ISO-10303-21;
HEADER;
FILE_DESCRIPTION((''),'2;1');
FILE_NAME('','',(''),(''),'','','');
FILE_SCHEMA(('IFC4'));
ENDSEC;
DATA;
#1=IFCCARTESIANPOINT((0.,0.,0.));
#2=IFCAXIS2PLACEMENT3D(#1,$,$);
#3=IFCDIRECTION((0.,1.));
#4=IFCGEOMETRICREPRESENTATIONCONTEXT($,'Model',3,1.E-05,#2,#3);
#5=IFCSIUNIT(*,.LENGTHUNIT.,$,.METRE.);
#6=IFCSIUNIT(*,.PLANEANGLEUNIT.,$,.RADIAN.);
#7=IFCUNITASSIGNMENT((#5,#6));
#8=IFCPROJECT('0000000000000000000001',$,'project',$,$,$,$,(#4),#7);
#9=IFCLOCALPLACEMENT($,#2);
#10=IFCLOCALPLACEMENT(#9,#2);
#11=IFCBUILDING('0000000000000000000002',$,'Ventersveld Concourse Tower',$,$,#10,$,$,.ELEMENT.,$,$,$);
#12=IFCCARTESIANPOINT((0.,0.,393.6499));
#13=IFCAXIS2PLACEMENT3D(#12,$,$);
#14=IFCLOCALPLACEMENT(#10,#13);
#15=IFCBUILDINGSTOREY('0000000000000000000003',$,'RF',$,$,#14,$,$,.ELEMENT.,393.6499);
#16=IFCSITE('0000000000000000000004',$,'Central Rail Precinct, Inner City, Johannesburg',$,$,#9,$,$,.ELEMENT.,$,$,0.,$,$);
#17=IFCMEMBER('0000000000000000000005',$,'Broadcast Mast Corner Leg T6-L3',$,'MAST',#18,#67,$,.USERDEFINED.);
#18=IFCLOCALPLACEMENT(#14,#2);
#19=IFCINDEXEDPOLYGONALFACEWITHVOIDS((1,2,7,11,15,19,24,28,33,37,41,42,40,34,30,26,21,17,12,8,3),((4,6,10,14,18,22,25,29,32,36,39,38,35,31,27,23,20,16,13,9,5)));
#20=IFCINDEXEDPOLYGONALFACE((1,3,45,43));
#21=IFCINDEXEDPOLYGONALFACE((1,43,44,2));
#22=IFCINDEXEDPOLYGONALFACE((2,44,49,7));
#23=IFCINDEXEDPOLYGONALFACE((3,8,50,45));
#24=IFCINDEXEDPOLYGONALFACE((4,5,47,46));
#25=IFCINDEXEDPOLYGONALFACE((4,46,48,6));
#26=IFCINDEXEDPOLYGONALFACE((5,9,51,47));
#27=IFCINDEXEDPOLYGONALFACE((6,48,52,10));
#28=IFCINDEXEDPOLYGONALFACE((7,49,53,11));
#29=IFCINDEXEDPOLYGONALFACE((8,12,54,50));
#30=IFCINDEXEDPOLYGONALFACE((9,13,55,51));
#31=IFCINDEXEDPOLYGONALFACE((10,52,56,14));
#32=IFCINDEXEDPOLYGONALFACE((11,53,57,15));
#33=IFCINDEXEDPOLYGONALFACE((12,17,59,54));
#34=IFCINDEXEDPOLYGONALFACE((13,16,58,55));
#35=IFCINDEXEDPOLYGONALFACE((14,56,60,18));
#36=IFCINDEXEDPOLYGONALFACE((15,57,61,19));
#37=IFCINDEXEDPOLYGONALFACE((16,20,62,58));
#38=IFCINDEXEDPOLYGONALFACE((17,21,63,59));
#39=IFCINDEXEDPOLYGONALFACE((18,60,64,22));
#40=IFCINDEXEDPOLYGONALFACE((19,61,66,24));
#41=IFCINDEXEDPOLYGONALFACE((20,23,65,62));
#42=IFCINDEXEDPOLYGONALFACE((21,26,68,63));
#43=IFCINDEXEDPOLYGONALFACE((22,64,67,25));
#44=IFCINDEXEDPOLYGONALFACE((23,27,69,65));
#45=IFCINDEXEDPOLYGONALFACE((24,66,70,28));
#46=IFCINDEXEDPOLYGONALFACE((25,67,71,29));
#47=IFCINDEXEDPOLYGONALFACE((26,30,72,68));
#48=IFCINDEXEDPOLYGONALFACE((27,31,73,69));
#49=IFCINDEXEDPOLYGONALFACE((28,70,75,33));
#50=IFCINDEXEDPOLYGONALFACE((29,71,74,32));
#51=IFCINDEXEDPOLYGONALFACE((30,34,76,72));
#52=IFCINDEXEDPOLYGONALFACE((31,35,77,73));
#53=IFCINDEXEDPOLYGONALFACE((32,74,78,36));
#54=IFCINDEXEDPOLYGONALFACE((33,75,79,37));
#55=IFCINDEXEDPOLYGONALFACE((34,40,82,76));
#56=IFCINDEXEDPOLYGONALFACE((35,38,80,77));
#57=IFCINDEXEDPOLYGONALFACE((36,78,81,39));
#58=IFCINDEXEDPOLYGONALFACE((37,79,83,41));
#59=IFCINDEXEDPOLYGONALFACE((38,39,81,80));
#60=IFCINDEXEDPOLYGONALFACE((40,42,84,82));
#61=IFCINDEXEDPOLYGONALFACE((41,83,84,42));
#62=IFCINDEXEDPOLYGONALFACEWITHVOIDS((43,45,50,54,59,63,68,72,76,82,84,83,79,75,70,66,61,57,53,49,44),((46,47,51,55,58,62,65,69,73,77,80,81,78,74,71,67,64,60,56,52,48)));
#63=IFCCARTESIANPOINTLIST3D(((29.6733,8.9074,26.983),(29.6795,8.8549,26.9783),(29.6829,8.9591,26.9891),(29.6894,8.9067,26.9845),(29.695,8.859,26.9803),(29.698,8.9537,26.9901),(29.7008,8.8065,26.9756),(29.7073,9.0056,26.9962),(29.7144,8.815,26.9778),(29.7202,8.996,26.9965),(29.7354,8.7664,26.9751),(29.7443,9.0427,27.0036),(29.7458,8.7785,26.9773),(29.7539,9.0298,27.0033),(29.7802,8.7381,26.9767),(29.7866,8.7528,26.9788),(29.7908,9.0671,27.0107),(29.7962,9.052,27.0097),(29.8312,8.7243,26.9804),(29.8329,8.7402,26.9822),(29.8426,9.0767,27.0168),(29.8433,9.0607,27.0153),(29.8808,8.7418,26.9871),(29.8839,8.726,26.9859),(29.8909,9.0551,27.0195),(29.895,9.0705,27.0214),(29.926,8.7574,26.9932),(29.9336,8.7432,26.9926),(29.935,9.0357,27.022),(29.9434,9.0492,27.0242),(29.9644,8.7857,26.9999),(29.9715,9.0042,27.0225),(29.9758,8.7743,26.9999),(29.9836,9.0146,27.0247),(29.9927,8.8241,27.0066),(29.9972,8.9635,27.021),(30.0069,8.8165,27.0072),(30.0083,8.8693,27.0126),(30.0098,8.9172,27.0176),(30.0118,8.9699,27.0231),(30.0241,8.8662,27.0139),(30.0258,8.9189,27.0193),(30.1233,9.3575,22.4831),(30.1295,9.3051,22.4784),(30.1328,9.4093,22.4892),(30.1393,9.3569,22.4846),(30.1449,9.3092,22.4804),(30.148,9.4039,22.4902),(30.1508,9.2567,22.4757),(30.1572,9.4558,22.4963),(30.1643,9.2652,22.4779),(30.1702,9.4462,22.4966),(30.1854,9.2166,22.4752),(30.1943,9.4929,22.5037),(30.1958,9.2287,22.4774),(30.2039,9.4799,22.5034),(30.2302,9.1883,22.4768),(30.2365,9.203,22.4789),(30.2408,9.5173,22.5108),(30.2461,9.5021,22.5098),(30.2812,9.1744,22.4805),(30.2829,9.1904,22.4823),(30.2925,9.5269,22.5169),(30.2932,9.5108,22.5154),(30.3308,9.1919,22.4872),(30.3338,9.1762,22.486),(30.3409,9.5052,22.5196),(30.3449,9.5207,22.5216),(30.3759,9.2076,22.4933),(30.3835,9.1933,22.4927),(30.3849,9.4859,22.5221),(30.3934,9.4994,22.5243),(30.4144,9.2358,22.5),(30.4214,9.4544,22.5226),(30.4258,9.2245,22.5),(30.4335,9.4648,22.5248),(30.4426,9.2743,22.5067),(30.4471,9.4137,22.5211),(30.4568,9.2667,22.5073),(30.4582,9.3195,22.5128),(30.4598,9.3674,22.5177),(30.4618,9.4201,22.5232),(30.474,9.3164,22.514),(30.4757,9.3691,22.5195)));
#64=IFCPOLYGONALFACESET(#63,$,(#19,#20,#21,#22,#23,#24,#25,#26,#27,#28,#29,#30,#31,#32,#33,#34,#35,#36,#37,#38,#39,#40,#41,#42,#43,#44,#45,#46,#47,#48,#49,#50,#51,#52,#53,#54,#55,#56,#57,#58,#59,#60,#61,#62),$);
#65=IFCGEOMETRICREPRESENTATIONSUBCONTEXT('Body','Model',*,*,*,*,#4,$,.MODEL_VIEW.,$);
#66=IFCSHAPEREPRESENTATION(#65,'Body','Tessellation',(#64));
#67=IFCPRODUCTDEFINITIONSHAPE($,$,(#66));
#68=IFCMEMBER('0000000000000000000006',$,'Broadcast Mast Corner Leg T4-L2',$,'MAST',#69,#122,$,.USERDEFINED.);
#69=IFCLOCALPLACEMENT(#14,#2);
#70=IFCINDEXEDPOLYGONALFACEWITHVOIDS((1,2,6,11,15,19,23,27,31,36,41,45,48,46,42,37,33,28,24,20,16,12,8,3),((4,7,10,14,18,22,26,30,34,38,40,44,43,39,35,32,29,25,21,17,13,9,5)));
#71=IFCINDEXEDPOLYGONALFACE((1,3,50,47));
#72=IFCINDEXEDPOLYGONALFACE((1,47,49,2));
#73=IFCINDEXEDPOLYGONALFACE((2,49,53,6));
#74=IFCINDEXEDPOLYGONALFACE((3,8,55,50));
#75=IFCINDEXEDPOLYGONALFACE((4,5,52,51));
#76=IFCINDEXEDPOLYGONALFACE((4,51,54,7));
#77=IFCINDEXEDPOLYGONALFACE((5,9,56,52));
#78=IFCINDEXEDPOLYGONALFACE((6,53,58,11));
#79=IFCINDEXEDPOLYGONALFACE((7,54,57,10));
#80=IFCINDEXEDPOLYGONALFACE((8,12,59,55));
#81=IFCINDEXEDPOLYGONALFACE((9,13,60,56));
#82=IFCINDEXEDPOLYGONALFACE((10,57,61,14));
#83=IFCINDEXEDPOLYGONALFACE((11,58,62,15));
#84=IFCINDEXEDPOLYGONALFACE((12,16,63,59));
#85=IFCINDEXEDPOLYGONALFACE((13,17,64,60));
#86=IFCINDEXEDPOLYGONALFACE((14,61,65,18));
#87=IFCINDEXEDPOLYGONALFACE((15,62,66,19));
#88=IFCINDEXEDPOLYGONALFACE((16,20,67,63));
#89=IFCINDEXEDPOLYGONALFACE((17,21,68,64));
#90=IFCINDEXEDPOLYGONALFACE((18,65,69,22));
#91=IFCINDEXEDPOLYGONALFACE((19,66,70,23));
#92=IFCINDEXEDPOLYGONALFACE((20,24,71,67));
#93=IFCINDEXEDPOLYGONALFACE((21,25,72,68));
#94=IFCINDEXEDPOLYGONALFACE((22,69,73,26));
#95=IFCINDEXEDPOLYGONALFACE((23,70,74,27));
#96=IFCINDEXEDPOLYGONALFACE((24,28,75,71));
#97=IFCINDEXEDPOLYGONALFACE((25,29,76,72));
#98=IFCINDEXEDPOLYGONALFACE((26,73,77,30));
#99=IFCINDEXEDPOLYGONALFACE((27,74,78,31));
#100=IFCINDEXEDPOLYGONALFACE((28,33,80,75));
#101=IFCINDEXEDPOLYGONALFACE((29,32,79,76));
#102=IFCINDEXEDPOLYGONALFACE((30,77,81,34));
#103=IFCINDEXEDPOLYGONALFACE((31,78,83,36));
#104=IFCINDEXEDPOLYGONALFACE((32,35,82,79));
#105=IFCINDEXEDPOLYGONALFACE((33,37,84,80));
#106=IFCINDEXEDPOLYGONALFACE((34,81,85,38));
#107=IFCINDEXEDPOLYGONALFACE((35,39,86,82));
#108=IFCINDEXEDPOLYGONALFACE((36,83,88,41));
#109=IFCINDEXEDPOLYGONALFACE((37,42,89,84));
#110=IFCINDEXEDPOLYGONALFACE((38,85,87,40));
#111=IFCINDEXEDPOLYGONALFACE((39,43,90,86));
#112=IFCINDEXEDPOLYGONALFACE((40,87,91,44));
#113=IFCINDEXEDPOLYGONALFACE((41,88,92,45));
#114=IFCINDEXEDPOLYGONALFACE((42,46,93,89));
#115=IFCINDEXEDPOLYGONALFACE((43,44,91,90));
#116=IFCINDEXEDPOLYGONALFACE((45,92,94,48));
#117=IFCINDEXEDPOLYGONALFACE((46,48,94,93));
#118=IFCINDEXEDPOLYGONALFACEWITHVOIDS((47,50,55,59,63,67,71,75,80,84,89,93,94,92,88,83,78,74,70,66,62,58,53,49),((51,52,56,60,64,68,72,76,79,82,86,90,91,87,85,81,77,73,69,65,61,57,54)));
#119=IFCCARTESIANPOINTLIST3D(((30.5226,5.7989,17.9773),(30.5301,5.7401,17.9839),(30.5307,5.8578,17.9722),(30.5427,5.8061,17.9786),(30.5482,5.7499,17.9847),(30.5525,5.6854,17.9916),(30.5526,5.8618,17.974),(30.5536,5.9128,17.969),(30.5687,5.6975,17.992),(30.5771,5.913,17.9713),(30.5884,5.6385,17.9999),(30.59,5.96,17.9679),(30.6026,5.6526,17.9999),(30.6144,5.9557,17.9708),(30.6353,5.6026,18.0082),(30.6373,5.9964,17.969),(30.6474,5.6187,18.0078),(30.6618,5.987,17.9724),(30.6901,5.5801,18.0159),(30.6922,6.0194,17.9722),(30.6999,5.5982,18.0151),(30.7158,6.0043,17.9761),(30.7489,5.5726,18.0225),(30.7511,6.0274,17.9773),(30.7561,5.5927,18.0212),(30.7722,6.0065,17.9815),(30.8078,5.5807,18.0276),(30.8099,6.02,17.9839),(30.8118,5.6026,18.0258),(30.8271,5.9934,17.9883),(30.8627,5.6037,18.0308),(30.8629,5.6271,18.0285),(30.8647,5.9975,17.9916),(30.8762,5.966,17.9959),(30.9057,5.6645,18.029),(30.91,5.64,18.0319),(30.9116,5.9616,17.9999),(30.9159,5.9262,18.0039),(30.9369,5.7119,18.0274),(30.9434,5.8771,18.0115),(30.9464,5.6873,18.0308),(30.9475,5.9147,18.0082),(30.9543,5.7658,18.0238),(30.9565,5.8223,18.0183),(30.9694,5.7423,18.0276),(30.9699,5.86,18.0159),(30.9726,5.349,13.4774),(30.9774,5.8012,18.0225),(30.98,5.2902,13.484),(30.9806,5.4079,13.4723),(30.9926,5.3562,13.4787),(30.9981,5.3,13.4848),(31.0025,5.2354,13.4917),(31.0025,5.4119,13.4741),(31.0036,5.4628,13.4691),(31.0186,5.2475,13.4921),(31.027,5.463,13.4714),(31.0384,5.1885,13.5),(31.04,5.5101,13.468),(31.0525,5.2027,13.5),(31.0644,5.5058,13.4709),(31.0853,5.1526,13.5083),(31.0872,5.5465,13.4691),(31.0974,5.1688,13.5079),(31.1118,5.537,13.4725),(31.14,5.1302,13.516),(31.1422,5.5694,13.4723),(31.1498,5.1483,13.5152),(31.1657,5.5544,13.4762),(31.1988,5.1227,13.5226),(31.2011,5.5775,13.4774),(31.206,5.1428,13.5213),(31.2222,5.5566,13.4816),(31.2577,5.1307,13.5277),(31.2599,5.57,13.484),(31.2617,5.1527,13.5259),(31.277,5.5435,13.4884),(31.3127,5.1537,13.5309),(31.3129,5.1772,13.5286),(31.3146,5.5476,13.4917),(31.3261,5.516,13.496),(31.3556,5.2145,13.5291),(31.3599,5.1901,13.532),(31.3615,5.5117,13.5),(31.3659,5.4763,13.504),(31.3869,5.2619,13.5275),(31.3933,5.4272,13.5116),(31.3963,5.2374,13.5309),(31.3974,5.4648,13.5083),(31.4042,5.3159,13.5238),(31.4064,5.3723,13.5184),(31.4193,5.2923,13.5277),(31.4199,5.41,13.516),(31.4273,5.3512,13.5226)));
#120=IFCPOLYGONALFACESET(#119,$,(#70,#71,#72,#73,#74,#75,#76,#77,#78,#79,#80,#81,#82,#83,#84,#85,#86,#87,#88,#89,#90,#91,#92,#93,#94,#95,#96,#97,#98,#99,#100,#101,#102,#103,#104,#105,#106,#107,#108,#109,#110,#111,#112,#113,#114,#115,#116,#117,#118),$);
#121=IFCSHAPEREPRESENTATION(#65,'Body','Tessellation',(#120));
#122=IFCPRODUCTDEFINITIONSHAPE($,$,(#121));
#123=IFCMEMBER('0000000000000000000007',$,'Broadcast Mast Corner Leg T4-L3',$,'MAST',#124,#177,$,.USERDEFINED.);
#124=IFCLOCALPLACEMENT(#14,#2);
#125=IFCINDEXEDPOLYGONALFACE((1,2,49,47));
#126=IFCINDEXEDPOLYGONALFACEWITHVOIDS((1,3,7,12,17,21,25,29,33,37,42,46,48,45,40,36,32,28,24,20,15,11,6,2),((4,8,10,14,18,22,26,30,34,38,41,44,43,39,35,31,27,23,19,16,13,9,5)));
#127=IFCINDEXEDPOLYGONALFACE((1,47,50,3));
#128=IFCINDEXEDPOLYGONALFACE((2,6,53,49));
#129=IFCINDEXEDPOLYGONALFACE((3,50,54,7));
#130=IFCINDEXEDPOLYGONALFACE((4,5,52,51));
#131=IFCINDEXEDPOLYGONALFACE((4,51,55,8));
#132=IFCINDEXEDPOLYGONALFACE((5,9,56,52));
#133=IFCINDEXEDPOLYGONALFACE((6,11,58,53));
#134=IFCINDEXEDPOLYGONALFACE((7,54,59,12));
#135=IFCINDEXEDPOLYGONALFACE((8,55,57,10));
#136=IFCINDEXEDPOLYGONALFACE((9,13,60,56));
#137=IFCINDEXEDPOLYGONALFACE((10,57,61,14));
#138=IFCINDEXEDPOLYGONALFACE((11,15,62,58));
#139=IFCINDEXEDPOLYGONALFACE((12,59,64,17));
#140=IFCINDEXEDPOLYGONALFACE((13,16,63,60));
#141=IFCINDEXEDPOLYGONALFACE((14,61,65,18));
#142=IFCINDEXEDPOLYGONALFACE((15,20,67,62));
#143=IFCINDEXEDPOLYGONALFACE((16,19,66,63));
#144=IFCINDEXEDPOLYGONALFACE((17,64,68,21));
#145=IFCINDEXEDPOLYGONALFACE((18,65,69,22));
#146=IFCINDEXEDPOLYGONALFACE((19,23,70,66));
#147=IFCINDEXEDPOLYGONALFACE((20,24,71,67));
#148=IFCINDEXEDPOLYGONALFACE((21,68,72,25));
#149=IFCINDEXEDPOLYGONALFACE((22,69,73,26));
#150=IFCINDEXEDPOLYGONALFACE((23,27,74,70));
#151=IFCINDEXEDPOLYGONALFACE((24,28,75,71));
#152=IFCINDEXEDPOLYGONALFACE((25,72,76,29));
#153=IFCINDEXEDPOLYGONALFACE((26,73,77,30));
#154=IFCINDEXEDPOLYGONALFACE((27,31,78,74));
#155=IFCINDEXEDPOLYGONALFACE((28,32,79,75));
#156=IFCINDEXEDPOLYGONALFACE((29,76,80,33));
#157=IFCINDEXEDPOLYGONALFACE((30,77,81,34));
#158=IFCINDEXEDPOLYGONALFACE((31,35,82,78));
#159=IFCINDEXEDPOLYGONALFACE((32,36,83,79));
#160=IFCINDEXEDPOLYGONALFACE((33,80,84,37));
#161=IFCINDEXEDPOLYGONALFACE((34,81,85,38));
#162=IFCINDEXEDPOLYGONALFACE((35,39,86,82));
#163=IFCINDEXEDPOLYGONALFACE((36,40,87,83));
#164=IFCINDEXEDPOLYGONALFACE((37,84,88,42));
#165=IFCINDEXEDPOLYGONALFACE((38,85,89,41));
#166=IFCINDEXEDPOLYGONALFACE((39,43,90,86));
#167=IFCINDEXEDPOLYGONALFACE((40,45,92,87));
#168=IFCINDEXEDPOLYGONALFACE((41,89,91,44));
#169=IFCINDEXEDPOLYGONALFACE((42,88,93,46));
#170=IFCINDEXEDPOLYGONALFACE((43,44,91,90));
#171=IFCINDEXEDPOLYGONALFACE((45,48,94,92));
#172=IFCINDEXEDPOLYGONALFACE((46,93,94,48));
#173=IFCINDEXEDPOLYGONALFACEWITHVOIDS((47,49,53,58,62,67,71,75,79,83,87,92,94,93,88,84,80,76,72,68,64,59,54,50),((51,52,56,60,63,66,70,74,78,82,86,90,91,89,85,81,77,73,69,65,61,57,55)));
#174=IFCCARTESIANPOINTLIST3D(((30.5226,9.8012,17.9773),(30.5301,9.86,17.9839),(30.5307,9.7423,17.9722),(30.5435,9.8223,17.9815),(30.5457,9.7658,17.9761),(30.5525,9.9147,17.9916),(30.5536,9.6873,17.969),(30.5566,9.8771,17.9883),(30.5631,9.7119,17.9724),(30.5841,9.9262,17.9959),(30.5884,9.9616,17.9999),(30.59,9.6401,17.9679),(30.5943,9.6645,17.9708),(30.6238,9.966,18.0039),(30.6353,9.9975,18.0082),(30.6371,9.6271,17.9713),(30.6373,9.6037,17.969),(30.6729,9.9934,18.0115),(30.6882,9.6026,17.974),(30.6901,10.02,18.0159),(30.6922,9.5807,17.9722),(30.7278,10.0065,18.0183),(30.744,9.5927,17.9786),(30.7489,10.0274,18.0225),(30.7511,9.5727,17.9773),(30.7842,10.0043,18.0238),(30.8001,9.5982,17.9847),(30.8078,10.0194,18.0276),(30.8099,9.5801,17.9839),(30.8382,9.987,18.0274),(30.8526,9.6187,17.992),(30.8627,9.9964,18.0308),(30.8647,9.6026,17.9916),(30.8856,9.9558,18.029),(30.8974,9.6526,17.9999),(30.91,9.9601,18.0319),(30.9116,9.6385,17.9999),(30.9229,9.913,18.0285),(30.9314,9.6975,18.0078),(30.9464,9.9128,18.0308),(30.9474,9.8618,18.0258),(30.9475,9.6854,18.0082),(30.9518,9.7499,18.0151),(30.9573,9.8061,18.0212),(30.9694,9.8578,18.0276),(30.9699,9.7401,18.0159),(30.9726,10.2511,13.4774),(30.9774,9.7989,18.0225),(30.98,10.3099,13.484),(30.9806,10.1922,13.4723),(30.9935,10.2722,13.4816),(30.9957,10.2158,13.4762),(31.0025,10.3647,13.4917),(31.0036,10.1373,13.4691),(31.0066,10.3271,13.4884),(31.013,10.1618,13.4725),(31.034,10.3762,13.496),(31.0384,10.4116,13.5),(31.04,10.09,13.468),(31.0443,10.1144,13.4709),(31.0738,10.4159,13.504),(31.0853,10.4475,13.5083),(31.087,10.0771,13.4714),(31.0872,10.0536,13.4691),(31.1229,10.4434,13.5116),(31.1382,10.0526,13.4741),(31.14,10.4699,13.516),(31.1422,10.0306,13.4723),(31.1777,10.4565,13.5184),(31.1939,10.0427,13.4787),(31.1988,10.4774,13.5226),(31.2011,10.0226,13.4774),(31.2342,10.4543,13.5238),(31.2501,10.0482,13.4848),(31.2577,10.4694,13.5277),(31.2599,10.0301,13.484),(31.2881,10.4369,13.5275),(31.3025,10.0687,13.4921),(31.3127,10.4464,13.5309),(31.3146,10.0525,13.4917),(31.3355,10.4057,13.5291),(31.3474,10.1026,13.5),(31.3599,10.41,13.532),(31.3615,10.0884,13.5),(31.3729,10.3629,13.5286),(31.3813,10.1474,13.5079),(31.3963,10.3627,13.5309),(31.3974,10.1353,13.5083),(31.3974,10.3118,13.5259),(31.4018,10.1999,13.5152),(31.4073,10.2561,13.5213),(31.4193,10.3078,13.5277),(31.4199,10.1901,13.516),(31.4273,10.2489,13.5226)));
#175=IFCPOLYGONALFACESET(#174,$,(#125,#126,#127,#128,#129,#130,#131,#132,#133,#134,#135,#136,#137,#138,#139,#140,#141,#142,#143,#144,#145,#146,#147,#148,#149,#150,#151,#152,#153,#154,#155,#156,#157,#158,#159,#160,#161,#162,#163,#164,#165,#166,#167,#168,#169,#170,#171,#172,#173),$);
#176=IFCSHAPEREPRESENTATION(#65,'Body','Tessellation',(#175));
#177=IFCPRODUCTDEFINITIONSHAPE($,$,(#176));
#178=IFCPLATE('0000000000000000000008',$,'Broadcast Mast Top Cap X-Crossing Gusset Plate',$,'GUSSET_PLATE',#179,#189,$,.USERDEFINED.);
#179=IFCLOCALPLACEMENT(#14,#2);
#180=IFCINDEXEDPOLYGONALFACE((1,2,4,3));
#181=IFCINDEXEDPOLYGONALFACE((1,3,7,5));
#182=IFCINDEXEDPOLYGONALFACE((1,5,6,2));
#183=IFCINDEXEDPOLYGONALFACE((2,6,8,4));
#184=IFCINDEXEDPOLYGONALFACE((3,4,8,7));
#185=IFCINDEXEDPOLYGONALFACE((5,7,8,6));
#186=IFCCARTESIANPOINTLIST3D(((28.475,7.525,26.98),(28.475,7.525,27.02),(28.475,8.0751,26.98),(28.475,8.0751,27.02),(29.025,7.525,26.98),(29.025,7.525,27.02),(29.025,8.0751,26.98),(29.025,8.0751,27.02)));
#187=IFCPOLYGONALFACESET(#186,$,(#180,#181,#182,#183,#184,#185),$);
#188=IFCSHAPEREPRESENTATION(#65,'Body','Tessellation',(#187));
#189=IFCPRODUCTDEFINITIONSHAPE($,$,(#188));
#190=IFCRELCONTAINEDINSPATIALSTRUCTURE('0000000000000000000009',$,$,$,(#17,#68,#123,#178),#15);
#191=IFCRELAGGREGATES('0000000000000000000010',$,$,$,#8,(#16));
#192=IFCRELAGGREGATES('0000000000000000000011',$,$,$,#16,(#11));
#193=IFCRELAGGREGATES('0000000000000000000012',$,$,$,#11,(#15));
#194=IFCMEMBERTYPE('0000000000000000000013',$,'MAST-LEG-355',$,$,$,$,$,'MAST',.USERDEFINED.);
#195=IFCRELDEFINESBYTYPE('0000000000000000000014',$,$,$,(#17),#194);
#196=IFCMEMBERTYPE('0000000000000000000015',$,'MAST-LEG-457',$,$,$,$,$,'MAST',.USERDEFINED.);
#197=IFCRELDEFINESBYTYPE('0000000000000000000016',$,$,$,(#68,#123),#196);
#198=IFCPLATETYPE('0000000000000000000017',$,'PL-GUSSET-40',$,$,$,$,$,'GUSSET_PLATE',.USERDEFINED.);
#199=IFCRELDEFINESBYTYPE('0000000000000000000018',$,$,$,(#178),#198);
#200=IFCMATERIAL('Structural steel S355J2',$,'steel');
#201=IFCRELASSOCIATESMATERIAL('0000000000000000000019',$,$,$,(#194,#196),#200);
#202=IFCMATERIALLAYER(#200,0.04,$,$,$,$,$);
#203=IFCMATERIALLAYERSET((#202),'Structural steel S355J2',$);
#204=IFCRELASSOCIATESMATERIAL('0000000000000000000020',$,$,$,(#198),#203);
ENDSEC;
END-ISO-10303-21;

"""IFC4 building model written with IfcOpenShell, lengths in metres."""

from ifc_helpers import new_model, si_unit, direction, frame, origin, origin_2d, place, context, subcontext, project, spatial, rectangle, hollow_circle, extrude, material, layer, layer_set, material_profile, profile_set, type_object, element, save


model = new_model("IFC4")

# Units and contexts
model_context = context("Model", 3, precision=1e-05, world=origin(), true_north=direction((0.0, 1.0)))
body_context = subcontext(model_context, "Body", "Model", "MODEL_VIEW")
ifc_project = project(units=[si_unit("LENGTHUNIT", "METRE"), si_unit("PLANEANGLEUNIT", "RADIAN")], contexts=[model_context])

# Site, building, storey
site_placement = place(None, origin())
site = spatial("IfcSite", under=ifc_project, at=site_placement, Name="Central Rail Precinct, Inner City, Johannesburg", CompositionType="ELEMENT", RefElevation=0.0)
building_placement = place(site_placement, origin())
building = spatial("IfcBuilding", under=site, at=building_placement, Name="Ventersveld Concourse Tower", CompositionType="ELEMENT")
storey_placement = place(building_placement, frame((0.0, 0.0, 393.6499)))
storey = spatial("IfcBuildingStorey", under=building, at=storey_placement, Name="RF", CompositionType="ELEMENT", Elevation=393.6499)

# Members
ifc_material = material(Name="Structural steel S355J2", Category="steel")
ifc_material_profile_1 = material_profile(ifc_material, hollow_circle(Radius=0.1777, WallThickness=0.0161, at=origin_2d()), Name="CHS 355.6x16")
ifc_profile_set_1 = profile_set([ifc_material_profile_1], Name="Structural steel S355J2")
member_type_1 = type_object("IfcMemberType", Name="MAST-LEG-355", ElementType="MAST", PredefinedType="USERDEFINED", material=ifc_profile_set_1)
for number, where, z_axis, x_axis, name in (
    (1, (30.3, 9.3501, 22.5), (-0.099004, -0.099057, 0.990144), (0.707299, -0.706915, 0.0), "Broadcast Mast Corner Leg T6-L3"),
):
    element("IfcMember", number, at=place(storey_placement, frame(where, z_axis=z_axis, x_axis=x_axis)), inside=storey, type_object=member_type_1, Name=name, ObjectType="MAST", PredefinedType="USERDEFINED", context=body_context, shape_type="SweptSolid", body=[
        extrude(hollow_circle(Radius=0.1777, WallThickness=0.0161, at=origin_2d()), origin(), (0.0, 0.0, 1.0), 4.5447),
    ])
ifc_material_profile_2 = material_profile(ifc_material, hollow_circle(Radius=0.2285, WallThickness=0.02, at=origin_2d()), Name="CHS 457x20")
ifc_profile_set_2 = profile_set([ifc_material_profile_2], Name="Structural steel S355J2")
member_type_2 = type_object("IfcMemberType", Name="MAST-LEG-457", ElementType="MAST", PredefinedType="USERDEFINED", material=ifc_profile_set_2)
for number, where, z_axis, x_axis, name in (
    (2, (31.2, 5.3501, 13.5), (-0.099004, 0.099004, 0.99015), (-0.707107, -0.707107, 0.0), "Broadcast Mast Corner Leg T4-L2"),
    (3, (31.2, 10.25, 13.5), (-0.099004, -0.099004, 0.99015), (0.707107, -0.707107, 0.0), "Broadcast Mast Corner Leg T4-L3"),
):
    element("IfcMember", number, at=place(storey_placement, frame(where, z_axis=z_axis, x_axis=x_axis)), inside=storey, type_object=member_type_2, Name=name, ObjectType="MAST", PredefinedType="USERDEFINED", context=body_context, shape_type="SweptSolid", body=[
        extrude(hollow_circle(Radius=0.2285, WallThickness=0.02, at=origin_2d()), origin(), (0.0, 0.0, 1.0), 4.5447),
    ])

# Plate
ifc_layer_1 = layer(ifc_material, 0.04)
ifc_layer_set_1 = layer_set([ifc_layer_1], Name="Structural steel S355J2")
plate_type_1 = type_object("IfcPlateType", Name="PL-GUSSET-40", ElementType="GUSSET_PLATE", PredefinedType="USERDEFINED", material=ifc_layer_set_1)
plate_1_placement = place(storey_placement, frame((28.75, 7.8, 26.98), z_axis=(0.0, 0.0, 1.0), x_axis=(1.0, 0.0, 0.0)))
element("IfcPlate", 4, at=plate_1_placement, inside=storey, type_object=plate_type_1, Name="Broadcast Mast Top Cap X-Crossing Gusset Plate", ObjectType="GUSSET_PLATE", PredefinedType="USERDEFINED", context=body_context, shape_type="SweptSolid", body=[
    extrude(rectangle(XDim=0.55, YDim=0.55, at=origin_2d()), origin(), (0.0, 0.0, 1.0), 0.04),
])

save(model, "model.ifc")
